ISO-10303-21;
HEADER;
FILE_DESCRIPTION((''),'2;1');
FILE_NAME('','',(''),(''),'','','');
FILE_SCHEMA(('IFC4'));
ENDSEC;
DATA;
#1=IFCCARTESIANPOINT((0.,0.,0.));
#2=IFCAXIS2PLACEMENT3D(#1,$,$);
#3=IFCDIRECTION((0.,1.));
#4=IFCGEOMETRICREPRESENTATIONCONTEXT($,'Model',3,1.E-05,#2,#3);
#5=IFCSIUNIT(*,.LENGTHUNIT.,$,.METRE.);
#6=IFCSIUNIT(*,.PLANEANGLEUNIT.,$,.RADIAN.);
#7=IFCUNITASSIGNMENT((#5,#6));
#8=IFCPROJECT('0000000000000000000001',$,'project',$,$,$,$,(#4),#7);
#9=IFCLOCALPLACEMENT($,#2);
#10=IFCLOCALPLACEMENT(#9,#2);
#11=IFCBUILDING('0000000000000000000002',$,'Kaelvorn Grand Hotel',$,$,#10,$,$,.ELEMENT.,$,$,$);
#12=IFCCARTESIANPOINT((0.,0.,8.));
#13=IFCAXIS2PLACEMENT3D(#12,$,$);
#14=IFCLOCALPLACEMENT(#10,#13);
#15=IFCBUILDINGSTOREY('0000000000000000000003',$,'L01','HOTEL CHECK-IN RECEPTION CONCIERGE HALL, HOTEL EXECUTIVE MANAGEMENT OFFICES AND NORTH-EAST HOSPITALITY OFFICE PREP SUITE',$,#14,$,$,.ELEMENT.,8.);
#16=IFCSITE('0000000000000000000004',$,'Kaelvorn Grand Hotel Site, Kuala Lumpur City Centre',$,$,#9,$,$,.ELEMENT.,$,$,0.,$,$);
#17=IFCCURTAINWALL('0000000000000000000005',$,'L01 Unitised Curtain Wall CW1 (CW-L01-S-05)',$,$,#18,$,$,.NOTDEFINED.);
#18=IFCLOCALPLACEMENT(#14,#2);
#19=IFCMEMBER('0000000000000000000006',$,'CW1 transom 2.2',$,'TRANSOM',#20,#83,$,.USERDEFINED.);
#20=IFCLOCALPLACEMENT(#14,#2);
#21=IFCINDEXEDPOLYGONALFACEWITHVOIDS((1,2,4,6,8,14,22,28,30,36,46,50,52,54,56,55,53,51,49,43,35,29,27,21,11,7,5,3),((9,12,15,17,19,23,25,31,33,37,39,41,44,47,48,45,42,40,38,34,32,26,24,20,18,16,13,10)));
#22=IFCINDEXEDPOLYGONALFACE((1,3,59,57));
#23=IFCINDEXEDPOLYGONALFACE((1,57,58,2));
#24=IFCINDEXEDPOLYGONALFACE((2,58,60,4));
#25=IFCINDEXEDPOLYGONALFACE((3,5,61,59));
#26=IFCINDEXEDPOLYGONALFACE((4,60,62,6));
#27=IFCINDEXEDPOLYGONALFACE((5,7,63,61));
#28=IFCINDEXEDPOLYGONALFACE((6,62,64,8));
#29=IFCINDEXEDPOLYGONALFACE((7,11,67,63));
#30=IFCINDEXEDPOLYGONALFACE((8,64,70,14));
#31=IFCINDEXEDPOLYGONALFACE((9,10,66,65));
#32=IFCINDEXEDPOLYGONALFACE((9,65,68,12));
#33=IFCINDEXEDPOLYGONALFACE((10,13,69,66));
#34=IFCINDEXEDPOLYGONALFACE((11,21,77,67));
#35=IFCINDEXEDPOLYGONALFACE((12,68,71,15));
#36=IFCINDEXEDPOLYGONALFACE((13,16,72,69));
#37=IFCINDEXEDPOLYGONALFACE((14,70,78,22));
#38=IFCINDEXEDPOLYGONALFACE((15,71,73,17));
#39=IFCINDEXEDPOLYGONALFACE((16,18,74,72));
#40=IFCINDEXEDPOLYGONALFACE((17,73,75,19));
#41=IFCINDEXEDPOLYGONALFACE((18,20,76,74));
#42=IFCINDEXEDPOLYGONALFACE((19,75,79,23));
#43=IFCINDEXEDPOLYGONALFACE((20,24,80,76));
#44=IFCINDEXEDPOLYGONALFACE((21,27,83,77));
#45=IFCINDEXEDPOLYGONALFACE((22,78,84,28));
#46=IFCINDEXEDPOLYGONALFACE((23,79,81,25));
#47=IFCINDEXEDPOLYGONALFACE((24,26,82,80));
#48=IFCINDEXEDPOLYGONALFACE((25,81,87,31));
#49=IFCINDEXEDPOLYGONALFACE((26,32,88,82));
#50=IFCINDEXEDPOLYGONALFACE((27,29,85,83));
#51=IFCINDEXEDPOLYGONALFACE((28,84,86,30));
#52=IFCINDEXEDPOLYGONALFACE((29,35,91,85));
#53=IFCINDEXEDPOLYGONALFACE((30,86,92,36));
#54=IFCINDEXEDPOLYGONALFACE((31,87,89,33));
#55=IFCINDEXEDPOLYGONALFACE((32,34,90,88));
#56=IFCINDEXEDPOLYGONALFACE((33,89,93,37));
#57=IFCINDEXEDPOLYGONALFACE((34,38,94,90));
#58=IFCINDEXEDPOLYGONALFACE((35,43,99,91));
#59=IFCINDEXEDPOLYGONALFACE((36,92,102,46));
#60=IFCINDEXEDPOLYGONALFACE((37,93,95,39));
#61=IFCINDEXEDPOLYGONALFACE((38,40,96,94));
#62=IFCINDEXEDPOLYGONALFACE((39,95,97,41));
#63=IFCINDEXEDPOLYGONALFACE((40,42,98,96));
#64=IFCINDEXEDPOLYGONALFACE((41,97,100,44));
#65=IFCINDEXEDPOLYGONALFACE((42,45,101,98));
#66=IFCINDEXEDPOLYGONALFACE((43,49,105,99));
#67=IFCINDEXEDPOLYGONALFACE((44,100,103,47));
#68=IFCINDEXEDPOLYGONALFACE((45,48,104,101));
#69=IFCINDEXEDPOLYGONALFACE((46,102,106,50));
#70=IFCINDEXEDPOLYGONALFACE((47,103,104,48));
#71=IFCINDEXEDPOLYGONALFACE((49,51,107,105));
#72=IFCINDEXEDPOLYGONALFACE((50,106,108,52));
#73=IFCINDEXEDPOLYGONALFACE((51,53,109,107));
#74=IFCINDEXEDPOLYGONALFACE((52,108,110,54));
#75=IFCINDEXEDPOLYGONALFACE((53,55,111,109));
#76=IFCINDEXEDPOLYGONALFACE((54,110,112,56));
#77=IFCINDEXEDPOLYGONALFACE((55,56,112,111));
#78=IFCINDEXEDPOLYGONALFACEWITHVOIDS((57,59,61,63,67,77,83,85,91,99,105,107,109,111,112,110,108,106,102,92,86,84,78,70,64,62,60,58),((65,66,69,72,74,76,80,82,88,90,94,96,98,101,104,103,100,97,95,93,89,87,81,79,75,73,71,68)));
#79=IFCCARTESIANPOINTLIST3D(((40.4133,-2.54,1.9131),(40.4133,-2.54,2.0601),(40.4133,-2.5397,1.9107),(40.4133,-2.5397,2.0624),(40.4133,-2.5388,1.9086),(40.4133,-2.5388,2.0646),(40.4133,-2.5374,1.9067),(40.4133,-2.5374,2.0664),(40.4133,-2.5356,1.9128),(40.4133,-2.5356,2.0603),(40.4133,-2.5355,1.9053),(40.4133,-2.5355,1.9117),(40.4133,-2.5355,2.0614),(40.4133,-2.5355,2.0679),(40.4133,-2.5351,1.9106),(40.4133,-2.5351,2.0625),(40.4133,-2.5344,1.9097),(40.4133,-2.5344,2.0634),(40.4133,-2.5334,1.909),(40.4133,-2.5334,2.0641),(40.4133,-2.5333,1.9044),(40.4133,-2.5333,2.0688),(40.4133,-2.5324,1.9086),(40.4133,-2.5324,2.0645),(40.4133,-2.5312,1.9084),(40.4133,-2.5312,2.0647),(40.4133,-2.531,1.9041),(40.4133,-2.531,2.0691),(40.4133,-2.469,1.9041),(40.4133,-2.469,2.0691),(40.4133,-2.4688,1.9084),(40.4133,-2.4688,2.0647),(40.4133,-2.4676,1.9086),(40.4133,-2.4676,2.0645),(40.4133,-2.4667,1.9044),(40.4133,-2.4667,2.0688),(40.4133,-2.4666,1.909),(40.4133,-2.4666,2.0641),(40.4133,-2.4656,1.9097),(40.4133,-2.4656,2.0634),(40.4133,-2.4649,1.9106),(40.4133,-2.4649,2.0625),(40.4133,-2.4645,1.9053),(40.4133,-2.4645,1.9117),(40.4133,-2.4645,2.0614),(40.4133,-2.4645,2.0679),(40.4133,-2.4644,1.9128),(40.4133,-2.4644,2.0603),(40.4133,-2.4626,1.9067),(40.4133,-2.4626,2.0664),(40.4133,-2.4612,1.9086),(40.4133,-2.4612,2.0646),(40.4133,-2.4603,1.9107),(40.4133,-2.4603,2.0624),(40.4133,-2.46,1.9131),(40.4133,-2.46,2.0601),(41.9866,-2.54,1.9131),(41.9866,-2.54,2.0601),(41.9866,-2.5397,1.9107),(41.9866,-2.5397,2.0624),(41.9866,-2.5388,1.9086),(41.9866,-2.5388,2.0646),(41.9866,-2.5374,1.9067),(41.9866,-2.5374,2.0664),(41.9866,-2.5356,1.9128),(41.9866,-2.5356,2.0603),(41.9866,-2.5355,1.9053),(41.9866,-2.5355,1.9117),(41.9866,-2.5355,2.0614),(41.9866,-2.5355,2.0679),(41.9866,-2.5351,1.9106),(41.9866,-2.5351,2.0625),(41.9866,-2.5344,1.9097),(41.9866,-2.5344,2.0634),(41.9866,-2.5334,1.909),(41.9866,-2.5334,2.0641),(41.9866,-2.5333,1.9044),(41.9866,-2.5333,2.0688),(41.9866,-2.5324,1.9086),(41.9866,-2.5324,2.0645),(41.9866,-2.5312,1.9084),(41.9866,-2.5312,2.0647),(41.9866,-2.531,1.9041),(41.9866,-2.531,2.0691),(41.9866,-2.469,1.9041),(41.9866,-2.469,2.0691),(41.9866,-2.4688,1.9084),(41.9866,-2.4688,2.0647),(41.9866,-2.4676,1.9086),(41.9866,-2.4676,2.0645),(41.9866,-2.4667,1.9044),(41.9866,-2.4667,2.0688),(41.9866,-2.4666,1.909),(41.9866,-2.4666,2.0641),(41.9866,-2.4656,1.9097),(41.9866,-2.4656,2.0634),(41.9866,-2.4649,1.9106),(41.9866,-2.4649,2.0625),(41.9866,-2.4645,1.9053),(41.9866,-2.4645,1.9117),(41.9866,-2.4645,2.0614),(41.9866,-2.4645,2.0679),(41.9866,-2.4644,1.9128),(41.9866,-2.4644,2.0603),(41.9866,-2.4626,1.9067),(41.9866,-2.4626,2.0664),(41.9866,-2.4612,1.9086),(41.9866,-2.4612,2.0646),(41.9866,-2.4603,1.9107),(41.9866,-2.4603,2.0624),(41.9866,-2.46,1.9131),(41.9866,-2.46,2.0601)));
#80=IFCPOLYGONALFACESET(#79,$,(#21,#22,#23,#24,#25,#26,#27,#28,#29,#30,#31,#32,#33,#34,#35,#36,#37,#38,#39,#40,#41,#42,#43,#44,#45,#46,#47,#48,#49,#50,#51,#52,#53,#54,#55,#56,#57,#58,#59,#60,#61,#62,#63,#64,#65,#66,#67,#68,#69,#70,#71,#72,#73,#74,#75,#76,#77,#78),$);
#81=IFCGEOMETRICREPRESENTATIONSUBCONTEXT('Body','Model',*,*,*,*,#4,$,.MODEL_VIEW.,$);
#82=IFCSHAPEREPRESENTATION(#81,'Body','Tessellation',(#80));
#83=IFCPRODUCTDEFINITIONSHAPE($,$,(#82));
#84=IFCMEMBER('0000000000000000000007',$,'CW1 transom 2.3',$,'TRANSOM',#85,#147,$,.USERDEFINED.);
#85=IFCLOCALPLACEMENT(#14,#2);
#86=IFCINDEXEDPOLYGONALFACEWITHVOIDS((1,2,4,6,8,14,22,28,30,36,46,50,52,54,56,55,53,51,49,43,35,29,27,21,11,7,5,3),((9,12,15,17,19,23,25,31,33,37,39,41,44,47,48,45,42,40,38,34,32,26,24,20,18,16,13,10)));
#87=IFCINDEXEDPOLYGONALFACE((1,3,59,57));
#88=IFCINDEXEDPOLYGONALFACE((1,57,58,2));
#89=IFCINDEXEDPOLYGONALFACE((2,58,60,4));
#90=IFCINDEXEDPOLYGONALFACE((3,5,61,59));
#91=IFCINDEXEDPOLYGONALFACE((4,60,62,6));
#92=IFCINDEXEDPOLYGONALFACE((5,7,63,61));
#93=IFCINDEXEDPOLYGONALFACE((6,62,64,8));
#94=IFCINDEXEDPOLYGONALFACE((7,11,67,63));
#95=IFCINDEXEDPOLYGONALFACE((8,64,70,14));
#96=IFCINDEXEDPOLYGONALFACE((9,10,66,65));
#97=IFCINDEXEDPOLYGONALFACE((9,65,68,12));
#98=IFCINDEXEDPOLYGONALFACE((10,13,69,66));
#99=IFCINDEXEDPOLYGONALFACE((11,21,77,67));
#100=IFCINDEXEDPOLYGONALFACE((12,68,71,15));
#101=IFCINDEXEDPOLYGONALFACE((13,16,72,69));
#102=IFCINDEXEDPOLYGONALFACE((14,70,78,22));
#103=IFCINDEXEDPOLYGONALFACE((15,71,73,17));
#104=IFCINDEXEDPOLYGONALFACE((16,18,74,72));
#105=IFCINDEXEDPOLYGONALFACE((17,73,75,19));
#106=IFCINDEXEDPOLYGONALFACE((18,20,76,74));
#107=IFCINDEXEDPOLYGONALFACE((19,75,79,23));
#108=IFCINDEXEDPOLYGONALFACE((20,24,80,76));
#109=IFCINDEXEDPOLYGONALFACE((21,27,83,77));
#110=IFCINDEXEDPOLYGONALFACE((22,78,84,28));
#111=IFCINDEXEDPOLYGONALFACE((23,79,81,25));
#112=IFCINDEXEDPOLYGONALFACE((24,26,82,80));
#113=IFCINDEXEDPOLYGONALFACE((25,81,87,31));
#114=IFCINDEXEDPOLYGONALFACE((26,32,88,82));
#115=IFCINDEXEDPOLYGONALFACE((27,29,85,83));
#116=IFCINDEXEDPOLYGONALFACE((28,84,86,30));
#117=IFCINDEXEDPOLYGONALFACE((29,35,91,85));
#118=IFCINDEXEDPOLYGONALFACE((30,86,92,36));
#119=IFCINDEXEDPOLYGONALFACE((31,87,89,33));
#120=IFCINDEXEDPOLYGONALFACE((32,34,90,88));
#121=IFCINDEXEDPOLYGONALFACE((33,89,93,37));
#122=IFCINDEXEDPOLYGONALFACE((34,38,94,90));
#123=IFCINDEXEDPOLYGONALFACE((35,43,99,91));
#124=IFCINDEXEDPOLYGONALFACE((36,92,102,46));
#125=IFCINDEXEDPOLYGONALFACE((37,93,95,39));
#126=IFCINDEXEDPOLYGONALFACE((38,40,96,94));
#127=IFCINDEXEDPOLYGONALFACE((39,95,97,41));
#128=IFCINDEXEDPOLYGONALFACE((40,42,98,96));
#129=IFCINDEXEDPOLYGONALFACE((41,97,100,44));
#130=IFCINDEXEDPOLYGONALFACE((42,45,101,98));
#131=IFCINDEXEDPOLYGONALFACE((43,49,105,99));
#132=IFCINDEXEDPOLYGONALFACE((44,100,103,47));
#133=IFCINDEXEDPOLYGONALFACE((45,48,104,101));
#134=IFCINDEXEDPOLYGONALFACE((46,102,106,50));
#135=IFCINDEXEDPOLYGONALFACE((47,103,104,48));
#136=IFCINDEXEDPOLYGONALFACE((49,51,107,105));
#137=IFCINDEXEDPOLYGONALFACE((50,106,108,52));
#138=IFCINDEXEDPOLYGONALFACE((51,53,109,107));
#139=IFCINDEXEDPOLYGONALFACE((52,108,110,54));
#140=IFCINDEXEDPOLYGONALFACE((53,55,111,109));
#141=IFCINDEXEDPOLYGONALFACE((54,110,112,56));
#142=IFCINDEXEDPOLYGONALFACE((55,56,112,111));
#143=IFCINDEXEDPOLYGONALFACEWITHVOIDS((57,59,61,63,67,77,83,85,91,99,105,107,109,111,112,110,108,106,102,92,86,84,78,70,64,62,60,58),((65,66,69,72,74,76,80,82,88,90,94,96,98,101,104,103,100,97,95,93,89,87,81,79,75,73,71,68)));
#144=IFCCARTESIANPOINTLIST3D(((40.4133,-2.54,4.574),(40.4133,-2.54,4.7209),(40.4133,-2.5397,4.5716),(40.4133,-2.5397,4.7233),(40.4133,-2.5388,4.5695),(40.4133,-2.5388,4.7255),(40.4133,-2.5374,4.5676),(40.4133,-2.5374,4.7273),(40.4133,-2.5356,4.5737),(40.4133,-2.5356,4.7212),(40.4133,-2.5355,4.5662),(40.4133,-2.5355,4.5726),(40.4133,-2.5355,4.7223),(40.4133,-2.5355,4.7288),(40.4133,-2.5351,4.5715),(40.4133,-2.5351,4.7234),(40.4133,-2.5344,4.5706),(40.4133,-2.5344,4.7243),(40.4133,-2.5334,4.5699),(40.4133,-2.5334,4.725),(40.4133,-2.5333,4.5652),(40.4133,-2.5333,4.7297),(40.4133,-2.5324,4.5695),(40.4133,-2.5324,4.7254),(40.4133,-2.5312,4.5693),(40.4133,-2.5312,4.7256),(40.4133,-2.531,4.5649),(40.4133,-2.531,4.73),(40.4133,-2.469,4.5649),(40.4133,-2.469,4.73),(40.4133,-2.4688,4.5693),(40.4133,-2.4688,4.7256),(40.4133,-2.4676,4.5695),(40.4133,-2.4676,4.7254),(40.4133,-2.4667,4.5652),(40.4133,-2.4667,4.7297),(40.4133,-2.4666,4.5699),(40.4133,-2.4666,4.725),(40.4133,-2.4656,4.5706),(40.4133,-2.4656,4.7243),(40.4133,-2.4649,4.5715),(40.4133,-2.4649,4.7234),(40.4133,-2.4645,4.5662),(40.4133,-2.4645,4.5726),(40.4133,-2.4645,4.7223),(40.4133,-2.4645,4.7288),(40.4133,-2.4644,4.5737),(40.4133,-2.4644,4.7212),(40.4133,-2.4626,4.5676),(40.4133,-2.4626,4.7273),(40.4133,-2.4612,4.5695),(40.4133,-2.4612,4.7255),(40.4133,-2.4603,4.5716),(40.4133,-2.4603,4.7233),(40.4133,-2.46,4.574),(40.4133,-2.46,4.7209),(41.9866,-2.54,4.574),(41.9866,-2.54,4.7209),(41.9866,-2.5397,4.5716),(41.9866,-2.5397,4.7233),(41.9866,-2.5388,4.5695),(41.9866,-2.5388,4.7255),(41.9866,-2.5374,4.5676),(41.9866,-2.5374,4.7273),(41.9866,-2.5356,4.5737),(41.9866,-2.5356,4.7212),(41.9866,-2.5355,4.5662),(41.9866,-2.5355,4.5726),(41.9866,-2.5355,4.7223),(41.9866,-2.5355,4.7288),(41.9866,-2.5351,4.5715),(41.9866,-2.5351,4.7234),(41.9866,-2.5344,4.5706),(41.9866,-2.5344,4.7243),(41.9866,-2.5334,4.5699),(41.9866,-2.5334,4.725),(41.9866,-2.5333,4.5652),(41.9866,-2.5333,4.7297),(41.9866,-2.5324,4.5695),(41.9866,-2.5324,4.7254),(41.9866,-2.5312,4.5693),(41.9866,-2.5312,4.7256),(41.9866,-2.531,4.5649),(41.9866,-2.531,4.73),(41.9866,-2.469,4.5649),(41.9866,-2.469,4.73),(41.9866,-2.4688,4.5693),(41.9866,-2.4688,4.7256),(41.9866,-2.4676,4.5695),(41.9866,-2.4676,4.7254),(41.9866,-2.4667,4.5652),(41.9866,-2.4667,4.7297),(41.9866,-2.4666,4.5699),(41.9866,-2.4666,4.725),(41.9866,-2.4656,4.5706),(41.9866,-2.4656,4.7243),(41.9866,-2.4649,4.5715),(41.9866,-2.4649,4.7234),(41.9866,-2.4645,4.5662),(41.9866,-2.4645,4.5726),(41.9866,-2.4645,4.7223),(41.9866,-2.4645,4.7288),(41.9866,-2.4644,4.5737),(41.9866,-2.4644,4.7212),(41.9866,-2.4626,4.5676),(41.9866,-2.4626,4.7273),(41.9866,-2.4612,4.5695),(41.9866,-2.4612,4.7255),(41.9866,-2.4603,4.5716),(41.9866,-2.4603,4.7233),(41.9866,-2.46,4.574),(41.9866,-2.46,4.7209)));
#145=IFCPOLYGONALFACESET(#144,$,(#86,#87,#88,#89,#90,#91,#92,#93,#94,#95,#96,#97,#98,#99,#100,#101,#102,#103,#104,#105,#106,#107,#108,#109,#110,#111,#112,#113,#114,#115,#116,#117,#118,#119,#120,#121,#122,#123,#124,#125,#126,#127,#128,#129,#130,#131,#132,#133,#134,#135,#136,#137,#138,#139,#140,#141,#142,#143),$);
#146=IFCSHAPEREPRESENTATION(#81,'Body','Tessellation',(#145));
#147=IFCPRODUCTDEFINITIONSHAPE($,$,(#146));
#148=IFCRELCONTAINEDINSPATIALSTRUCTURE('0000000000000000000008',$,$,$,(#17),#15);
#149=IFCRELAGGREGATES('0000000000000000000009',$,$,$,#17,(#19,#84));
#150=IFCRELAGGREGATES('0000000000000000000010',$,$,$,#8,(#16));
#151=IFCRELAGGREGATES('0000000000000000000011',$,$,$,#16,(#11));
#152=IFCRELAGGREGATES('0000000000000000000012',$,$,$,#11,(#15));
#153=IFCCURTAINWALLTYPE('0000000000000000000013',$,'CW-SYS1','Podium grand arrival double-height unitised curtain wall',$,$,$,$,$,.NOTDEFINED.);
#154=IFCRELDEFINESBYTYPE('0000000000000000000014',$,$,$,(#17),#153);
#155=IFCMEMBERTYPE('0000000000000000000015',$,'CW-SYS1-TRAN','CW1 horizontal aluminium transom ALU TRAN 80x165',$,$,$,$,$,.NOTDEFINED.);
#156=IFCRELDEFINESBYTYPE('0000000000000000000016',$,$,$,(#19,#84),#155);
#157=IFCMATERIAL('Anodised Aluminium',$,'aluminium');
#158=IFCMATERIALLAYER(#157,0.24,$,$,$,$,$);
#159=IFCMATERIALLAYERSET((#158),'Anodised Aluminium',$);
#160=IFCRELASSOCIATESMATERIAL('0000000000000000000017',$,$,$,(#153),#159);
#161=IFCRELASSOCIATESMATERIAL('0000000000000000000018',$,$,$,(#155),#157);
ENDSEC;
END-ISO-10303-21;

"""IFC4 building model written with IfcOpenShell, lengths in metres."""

from ifc_helpers import new_model, si_unit, direction, frame, origin, origin_2d, place, context, subcontext, project, spatial, hollow_rectangle, extrude, material, layer, layer_set, material_profile, profile_set, type_object, element, aggregate, save


model = new_model("IFC4")

# Units and contexts
model_context = context("Model", 3, precision=1e-05, world=origin(), true_north=direction((0.0, 1.0)))
body_context = subcontext(model_context, "Body", "Model", "MODEL_VIEW")
ifc_project = project(units=[si_unit("LENGTHUNIT", "METRE"), si_unit("PLANEANGLEUNIT", "RADIAN")], contexts=[model_context])

# Site, building, storey
site_placement = place(None, origin())
site = spatial("IfcSite", under=ifc_project, at=site_placement, Name="Kaelvorn Grand Hotel Site, Kuala Lumpur City Centre", CompositionType="ELEMENT", RefElevation=0.0)
building_placement = place(site_placement, origin())
building = spatial("IfcBuilding", under=site, at=building_placement, Name="Kaelvorn Grand Hotel", CompositionType="ELEMENT")
storey_placement = place(building_placement, frame((0.0, 0.0, 8.0)))
storey = spatial("IfcBuildingStorey", under=building, at=storey_placement, Name="L01", Description="HOTEL CHECK-IN RECEPTION CONCIERGE HALL, HOTEL EXECUTIVE MANAGEMENT OFFICES AND NORTH-EAST HOSPITALITY OFFICE PREP SUITE", CompositionType="ELEMENT", Elevation=8.0)

# Curtain wall
ifc_material_1 = material(Name="Anodised Aluminium", Category="aluminium")
ifc_layer_1 = layer(ifc_material_1, 0.24)
ifc_layer_set_1 = layer_set([ifc_layer_1], Name="Anodised Aluminium")
curtain_wall_type = type_object("IfcCurtainWallType", Name="CW-SYS1", Description="Podium grand arrival double-height unitised curtain wall", PredefinedType="NOTDEFINED", material=ifc_layer_set_1)
curtain_wall_1_placement = place(storey_placement, origin())
curtain_wall_1 = element("IfcCurtainWall", 1, at=curtain_wall_1_placement, inside=storey, type_object=curtain_wall_type, Name="L01 Unitised Curtain Wall CW1 (CW-L01-S-05)", PredefinedType="NOTDEFINED")

# Members
ifc_material_profile_1 = material_profile(ifc_material_1, hollow_rectangle(XDim=0.0801, YDim=0.165, WallThickness=0.0044, InnerFilletRadius=0.0044, OuterFilletRadius=0.009, at=origin_2d()), Name="ALU TRAN 80x165")
ifc_profile_set_1 = profile_set([ifc_material_profile_1], Name="Anodised Aluminium")
member_type_1 = type_object("IfcMemberType", Name="CW-SYS1-TRAN", Description="CW1 horizontal aluminium transom ALU TRAN 80x165", PredefinedType="NOTDEFINED", material=ifc_profile_set_1)
member_1_placement = place(storey_placement, frame((40.4133, -2.5, 1.9866), z_axis=(1.0, 0.0, 0.0), x_axis=(0.0, 1.0, 0.0)))
member_1 = element("IfcMember", 2, at=member_1_placement, type_object=member_type_1, Name="CW1 transom 2.2", ObjectType="TRANSOM", PredefinedType="USERDEFINED", context=body_context, shape_type="SweptSolid", body=[
    extrude(hollow_rectangle(XDim=0.0801, YDim=0.165, WallThickness=0.0044, InnerFilletRadius=0.0044, OuterFilletRadius=0.009, at=origin_2d()), origin(), (0.0, 0.0, 1.0), 1.5732),
])
member_2_placement = place(storey_placement, frame((40.4133, -2.5, 4.6475), z_axis=(1.0, 0.0, 0.0), x_axis=(0.0, 1.0, 0.0)))
member_2 = element("IfcMember", 3, at=member_2_placement, type_object=member_type_1, Name="CW1 transom 2.3", ObjectType="TRANSOM", PredefinedType="USERDEFINED", context=body_context, shape_type="SweptSolid", body=[
    extrude(hollow_rectangle(XDim=0.0801, YDim=0.165, WallThickness=0.0044, InnerFilletRadius=0.0044, OuterFilletRadius=0.009, at=origin_2d()), origin(), (0.0, 0.0, 1.0), 1.5732),
])

aggregate(curtain_wall_1, [member_1, member_2])

save(model, "model.ifc")
